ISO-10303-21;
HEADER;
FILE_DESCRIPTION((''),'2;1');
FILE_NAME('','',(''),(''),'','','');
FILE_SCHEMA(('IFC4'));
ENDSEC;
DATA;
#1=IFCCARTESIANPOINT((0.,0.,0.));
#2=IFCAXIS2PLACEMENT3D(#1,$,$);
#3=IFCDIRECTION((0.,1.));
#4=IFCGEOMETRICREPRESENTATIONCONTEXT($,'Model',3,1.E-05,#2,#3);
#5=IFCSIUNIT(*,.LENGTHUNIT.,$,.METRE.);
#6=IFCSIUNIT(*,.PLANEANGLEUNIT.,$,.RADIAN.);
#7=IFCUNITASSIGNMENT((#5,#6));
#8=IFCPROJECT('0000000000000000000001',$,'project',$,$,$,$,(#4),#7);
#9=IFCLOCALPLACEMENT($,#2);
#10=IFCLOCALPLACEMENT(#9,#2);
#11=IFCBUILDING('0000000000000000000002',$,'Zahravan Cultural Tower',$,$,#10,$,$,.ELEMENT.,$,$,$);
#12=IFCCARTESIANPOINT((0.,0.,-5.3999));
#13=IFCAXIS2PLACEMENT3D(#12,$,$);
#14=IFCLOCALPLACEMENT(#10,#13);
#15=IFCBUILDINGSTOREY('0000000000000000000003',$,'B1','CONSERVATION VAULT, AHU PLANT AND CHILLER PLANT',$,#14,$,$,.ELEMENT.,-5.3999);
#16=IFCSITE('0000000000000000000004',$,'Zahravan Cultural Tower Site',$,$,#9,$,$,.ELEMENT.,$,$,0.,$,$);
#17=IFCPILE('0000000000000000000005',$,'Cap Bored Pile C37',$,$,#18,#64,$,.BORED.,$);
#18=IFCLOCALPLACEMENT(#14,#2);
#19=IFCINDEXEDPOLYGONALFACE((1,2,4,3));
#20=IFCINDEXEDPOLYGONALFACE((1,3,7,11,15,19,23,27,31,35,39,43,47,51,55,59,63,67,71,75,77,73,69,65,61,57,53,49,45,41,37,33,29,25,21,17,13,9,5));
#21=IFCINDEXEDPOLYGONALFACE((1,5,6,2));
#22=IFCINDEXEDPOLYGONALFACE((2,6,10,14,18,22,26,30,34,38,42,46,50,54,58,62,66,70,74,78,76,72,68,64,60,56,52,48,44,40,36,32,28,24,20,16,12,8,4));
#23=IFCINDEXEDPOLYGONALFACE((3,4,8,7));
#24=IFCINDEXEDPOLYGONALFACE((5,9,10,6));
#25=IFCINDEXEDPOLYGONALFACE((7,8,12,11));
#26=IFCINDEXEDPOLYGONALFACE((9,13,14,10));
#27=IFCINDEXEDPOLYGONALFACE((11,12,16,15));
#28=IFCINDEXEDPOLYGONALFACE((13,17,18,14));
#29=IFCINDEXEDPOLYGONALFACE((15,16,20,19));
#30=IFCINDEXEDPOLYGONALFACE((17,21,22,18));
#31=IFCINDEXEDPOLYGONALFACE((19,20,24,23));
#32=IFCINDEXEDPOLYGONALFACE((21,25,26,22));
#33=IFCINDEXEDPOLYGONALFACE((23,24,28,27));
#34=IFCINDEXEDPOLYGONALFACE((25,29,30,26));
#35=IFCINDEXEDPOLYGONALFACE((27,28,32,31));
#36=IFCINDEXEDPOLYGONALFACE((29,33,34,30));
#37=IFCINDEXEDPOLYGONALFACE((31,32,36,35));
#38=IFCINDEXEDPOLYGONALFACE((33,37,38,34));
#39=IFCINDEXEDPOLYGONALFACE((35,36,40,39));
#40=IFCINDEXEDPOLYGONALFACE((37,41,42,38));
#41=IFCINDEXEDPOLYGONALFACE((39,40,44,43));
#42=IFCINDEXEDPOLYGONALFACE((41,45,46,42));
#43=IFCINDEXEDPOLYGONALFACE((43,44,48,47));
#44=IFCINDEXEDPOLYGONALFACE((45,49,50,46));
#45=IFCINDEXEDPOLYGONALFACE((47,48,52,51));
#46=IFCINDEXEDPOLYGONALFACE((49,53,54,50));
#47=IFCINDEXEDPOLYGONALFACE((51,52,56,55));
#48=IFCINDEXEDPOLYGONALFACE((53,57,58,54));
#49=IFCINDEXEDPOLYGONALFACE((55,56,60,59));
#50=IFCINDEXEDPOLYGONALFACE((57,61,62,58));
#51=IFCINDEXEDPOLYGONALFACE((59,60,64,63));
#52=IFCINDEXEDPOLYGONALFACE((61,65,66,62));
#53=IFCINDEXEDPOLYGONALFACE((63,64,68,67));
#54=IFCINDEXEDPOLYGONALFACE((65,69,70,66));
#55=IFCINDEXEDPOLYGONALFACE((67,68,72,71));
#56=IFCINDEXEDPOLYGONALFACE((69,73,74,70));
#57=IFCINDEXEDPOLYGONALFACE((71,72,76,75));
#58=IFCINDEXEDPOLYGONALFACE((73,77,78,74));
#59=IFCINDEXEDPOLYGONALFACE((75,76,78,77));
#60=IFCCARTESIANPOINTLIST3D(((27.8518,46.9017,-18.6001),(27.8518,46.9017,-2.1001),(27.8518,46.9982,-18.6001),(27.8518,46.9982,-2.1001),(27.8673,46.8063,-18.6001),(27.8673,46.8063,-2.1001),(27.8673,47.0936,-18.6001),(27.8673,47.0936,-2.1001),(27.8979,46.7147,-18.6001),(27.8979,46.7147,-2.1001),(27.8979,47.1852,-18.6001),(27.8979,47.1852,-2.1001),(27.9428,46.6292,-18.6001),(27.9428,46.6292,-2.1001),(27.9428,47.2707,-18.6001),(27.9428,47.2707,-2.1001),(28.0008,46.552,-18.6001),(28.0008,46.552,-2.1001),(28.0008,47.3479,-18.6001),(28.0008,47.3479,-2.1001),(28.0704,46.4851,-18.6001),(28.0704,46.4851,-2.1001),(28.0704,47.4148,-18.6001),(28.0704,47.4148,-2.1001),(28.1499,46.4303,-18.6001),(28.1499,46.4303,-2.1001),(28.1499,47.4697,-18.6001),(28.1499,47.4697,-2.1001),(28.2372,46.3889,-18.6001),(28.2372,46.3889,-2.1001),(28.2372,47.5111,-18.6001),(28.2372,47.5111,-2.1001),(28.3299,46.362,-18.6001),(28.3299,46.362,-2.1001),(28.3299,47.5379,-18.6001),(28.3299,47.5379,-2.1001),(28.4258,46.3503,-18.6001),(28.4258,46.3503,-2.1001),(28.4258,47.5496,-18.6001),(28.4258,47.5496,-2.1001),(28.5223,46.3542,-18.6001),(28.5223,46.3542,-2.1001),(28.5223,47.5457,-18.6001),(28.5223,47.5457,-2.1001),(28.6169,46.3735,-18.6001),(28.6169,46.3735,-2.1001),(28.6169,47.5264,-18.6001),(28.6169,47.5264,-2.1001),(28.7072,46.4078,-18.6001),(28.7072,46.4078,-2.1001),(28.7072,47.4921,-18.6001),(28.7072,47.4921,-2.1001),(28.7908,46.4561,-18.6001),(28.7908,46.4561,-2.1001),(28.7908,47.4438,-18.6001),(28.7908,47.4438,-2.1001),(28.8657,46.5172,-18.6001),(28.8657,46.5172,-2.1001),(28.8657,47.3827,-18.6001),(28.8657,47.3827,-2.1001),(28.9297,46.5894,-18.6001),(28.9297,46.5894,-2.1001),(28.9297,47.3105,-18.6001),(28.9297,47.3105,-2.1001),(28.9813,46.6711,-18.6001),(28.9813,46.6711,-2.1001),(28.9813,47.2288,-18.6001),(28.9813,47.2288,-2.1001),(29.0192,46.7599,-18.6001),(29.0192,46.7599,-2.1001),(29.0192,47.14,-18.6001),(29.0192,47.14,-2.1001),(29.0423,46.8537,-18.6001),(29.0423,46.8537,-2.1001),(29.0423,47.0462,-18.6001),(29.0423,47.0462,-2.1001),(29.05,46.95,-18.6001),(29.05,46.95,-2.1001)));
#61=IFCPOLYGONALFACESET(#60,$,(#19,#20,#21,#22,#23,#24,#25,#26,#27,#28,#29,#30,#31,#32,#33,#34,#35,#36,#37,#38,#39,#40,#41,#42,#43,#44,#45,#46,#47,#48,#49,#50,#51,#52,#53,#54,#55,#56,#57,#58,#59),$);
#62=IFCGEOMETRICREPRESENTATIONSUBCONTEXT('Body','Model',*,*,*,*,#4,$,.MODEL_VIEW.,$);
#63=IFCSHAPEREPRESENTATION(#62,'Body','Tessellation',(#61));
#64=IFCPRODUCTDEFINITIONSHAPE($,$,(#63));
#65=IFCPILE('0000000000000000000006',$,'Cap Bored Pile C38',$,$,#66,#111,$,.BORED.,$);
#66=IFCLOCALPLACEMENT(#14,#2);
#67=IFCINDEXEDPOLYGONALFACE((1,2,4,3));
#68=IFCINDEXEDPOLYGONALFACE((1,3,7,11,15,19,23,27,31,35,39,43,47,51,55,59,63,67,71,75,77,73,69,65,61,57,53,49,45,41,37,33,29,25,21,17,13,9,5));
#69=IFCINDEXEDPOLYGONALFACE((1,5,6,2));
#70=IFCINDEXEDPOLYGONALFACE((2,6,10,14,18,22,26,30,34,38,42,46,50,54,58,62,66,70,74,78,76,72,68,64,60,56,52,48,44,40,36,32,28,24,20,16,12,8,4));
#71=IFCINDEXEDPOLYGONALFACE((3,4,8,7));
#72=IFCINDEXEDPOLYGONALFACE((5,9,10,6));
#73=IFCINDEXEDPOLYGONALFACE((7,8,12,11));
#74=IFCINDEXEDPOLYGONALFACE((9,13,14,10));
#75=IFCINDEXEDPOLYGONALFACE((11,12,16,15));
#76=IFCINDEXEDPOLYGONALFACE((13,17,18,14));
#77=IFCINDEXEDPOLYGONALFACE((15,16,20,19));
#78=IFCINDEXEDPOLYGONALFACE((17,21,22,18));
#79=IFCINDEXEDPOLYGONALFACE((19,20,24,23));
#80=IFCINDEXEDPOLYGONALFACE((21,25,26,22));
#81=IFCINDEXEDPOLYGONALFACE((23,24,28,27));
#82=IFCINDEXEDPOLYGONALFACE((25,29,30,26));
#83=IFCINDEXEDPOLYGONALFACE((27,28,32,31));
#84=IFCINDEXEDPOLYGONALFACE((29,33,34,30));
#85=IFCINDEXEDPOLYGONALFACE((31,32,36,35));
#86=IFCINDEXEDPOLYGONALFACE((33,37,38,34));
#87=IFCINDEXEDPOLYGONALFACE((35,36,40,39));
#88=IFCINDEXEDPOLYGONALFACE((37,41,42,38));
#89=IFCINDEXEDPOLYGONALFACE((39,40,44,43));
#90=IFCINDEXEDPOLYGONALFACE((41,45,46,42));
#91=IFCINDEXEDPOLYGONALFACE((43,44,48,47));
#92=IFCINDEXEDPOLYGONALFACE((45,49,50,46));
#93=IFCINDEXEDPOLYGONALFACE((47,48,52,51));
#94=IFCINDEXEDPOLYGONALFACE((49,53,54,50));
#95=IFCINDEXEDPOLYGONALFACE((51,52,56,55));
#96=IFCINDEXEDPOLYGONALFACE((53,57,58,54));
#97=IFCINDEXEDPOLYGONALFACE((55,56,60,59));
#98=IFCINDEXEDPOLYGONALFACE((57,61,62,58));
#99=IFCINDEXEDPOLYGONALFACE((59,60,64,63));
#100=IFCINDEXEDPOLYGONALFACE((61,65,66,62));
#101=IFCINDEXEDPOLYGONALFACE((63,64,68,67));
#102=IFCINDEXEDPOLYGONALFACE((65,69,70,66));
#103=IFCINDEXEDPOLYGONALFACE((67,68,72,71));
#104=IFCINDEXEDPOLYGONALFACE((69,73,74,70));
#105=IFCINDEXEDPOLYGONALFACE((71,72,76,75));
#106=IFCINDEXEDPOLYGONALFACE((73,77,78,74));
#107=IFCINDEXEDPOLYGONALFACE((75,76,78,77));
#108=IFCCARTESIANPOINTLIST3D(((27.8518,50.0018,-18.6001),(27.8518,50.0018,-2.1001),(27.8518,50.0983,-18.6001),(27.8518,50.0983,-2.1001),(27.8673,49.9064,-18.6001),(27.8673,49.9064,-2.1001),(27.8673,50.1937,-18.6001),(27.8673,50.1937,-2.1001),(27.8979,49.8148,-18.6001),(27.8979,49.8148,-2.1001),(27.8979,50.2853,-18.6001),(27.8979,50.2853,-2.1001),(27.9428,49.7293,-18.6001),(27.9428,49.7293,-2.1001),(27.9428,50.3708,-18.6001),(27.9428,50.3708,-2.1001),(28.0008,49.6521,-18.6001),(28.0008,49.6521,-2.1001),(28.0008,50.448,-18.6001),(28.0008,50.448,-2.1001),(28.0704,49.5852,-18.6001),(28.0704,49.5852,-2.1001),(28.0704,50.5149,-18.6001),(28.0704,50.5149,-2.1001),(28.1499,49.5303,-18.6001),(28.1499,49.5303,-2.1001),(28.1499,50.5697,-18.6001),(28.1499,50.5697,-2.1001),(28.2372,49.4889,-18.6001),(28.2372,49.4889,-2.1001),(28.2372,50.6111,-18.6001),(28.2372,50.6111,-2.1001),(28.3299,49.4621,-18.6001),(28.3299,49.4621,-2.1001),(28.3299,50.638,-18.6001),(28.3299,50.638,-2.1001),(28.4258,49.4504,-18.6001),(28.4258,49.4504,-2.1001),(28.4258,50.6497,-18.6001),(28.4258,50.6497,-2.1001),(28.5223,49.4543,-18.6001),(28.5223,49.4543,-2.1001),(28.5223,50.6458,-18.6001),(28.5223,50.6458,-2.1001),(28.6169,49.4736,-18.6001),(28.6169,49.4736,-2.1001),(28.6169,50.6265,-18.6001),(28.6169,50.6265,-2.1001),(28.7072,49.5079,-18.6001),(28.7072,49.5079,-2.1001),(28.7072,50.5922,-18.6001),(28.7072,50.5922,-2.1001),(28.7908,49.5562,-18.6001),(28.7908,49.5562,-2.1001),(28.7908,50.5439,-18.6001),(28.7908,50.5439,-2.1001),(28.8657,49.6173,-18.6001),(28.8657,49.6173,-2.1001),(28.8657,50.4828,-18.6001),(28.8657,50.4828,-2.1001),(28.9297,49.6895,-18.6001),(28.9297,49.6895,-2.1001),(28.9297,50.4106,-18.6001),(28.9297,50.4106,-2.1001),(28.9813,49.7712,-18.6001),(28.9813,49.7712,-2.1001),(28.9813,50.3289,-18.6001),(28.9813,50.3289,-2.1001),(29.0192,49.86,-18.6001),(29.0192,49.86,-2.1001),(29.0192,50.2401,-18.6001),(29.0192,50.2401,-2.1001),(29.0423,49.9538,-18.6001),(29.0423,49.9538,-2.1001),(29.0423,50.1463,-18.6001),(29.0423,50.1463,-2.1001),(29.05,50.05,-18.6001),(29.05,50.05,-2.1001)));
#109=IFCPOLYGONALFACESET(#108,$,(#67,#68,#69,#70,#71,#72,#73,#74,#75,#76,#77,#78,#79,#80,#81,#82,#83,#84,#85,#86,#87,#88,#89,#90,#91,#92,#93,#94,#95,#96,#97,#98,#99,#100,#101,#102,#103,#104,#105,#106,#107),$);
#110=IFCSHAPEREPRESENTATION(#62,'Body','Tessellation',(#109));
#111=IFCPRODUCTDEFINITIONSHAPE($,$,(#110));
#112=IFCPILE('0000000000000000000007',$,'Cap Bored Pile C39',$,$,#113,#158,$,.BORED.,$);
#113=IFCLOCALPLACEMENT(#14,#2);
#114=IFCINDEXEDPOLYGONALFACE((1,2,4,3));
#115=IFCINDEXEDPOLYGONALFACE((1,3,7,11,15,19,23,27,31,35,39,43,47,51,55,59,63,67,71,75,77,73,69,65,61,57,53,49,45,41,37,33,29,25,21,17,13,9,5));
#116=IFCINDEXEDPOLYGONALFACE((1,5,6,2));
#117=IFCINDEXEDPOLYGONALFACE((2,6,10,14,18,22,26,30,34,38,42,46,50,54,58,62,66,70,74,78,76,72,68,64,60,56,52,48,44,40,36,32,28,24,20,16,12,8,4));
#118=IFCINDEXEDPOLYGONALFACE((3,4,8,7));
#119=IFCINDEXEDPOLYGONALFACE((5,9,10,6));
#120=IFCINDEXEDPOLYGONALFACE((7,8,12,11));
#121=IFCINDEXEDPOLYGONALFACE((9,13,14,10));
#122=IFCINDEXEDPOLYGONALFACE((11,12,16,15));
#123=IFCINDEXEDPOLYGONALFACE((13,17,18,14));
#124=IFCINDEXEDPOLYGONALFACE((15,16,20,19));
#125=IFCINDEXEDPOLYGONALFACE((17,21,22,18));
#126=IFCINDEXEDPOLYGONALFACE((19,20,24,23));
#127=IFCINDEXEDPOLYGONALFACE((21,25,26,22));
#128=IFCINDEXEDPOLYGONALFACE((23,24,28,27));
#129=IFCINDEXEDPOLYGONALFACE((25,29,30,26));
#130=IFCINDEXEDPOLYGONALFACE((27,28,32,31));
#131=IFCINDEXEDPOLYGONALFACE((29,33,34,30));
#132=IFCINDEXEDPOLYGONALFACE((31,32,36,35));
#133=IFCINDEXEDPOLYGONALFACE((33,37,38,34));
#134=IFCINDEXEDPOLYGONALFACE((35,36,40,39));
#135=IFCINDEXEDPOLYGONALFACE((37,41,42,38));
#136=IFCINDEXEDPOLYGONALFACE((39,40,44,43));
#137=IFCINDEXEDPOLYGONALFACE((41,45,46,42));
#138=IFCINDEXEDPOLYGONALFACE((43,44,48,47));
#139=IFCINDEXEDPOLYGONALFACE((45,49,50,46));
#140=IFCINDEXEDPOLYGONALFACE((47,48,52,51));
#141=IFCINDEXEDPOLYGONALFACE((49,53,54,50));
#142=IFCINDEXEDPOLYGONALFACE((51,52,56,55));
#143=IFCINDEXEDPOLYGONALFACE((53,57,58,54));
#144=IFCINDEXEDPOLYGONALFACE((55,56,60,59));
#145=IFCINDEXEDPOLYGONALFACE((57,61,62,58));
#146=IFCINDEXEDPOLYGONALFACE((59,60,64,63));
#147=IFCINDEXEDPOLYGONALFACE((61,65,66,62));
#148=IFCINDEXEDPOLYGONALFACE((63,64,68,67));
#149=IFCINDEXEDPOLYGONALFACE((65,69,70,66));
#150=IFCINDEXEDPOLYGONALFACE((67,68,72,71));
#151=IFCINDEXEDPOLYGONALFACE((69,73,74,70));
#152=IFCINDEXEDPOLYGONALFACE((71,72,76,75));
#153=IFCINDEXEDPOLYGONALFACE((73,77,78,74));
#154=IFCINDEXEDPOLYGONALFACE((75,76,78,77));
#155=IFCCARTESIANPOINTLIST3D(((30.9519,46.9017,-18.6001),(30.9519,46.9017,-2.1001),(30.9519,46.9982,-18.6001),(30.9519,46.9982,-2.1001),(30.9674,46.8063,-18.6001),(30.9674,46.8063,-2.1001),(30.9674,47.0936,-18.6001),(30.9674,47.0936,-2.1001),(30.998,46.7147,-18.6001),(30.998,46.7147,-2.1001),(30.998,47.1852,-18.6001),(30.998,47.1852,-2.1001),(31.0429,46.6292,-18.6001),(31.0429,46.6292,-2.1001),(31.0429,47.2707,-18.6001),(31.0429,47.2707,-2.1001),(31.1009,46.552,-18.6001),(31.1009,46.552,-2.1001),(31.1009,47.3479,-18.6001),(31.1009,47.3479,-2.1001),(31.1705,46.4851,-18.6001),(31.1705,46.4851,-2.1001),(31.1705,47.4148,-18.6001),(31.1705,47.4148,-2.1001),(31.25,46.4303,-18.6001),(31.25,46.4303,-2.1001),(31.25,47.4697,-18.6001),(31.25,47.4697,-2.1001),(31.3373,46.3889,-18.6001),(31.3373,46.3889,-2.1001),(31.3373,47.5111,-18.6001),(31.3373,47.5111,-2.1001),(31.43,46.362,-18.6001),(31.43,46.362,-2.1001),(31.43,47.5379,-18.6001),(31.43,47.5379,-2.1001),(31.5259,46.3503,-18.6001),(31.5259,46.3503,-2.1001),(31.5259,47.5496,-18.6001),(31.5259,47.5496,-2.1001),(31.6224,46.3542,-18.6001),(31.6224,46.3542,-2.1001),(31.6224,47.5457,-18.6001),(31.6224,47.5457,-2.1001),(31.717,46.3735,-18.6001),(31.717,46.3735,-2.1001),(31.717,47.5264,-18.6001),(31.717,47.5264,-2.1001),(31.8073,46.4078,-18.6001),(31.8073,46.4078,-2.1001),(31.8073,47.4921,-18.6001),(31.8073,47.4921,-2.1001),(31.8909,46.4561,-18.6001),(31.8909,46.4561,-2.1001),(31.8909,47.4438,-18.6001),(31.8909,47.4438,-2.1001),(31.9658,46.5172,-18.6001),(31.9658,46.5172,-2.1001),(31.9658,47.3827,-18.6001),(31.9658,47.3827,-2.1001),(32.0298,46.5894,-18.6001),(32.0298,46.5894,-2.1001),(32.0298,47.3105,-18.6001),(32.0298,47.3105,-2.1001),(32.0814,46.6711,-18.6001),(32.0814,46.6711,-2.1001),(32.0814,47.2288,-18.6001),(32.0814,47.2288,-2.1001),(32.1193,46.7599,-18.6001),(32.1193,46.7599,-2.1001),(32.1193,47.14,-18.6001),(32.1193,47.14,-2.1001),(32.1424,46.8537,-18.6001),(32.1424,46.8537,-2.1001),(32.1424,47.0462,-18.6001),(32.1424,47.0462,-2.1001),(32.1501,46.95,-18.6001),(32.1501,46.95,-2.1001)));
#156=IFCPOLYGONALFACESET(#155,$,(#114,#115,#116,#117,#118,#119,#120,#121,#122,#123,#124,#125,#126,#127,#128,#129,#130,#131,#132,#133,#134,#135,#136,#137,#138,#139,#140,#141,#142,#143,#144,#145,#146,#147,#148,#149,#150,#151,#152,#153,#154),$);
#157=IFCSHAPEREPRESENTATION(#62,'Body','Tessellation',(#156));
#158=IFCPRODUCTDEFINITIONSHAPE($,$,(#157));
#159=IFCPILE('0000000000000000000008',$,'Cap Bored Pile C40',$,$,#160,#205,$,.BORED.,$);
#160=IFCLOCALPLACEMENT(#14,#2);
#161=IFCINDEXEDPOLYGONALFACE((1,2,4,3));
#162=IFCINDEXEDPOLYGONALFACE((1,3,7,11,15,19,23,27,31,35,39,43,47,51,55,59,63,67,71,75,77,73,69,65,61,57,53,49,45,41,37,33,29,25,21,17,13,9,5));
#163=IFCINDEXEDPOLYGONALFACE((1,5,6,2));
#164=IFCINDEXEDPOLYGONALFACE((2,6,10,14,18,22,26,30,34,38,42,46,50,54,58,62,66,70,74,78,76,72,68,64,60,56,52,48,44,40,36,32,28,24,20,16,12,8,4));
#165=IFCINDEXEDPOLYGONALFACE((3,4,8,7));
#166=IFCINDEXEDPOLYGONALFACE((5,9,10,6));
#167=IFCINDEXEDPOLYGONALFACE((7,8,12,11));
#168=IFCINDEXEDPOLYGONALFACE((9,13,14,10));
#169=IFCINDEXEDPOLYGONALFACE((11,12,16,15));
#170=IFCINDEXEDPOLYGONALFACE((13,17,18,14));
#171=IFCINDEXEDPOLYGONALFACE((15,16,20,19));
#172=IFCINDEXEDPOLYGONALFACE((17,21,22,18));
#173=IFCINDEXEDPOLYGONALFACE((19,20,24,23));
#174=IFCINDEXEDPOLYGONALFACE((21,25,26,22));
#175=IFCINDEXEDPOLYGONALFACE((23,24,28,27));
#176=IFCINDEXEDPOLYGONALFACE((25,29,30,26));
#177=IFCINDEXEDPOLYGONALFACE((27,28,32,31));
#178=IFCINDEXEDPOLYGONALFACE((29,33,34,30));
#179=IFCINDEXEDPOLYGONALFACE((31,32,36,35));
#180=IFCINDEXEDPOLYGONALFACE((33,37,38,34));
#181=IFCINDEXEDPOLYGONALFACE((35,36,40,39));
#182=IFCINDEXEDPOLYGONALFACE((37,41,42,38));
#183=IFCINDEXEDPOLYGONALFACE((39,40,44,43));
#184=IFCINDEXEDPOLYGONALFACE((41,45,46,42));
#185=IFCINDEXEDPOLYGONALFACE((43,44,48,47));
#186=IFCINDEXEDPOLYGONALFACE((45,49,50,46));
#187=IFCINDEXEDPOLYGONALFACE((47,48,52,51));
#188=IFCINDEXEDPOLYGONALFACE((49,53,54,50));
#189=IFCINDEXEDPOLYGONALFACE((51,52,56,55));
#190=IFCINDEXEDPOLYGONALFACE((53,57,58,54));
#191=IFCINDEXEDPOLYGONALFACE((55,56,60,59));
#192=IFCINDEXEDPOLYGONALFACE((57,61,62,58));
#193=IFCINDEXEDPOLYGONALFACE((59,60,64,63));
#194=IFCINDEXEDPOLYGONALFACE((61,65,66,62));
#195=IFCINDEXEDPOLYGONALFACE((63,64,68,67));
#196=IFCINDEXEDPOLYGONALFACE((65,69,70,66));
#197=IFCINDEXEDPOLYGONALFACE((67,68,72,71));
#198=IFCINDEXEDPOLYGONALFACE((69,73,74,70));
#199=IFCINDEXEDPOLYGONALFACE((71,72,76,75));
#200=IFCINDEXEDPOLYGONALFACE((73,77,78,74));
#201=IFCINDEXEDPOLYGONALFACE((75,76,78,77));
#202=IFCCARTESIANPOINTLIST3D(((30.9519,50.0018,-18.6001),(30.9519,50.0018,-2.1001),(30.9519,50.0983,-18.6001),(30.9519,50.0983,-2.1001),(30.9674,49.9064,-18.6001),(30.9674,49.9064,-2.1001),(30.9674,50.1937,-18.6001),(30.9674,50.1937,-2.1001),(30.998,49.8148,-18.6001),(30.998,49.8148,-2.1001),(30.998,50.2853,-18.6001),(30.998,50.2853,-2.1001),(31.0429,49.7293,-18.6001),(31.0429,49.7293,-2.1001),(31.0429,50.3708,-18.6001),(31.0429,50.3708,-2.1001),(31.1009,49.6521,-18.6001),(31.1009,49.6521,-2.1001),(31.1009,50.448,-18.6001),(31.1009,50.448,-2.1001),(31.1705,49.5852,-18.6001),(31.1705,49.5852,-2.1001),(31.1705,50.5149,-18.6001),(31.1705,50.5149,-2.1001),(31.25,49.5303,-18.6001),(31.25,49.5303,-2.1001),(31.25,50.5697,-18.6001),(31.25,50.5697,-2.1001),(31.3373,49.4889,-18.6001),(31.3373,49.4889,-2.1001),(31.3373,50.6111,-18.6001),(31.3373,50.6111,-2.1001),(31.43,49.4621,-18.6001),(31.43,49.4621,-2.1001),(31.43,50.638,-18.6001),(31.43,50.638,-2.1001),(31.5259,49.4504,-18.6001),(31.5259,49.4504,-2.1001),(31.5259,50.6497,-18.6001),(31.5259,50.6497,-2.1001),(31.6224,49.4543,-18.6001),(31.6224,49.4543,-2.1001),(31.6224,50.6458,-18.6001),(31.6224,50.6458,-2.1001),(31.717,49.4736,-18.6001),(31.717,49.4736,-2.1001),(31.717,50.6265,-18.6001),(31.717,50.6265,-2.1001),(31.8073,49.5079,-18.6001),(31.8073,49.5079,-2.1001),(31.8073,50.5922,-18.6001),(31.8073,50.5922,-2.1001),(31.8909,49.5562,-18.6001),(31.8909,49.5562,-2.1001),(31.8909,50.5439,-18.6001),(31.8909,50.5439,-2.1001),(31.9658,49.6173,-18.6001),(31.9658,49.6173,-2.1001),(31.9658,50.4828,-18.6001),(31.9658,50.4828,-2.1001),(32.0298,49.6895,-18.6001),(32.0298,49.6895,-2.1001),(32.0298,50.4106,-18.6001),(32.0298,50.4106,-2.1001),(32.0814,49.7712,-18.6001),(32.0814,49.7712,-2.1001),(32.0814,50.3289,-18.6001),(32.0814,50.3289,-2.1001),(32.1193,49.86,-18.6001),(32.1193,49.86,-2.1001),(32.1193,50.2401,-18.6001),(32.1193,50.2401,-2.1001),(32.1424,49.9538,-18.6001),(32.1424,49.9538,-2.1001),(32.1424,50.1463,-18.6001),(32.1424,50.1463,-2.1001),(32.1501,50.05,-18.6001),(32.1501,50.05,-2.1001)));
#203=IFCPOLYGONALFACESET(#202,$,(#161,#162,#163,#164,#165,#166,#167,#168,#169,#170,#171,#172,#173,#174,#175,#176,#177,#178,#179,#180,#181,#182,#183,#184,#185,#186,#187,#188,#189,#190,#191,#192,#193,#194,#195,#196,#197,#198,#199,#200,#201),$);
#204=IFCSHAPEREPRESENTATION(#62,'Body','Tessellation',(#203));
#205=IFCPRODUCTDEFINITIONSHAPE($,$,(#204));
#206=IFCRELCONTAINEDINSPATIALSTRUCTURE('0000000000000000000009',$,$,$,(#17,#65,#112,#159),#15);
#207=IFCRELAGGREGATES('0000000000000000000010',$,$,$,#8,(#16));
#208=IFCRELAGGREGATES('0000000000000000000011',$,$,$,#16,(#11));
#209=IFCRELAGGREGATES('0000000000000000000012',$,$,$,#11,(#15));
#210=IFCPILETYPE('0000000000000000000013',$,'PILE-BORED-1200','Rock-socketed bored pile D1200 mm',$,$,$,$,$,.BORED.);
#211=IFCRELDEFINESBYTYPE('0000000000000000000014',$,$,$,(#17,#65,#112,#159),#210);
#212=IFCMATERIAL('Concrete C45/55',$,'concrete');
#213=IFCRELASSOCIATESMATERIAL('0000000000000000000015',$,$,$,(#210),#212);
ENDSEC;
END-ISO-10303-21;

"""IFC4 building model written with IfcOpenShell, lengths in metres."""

from ifc_helpers import new_model, si_unit, direction, frame, origin, origin_2d, place, context, subcontext, project, spatial, circle, extrude, material, material_profile, profile_set, type_object, element, save


model = new_model("IFC4")

# Units and contexts
model_context = context("Model", 3, precision=1e-05, world=origin(), true_north=direction((0.0, 1.0)))
body_context = subcontext(model_context, "Body", "Model", "MODEL_VIEW")
ifc_project = project(units=[si_unit("LENGTHUNIT", "METRE"), si_unit("PLANEANGLEUNIT", "RADIAN")], contexts=[model_context])

# Site, building, storey
site_placement = place(None, origin())
site = spatial("IfcSite", under=ifc_project, at=site_placement, Name="Zahravan Cultural Tower Site", CompositionType="ELEMENT", RefElevation=0.0)
building_placement = place(site_placement, origin())
building = spatial("IfcBuilding", under=site, at=building_placement, Name="Zahravan Cultural Tower", CompositionType="ELEMENT")
storey_placement = place(building_placement, frame((0.0, 0.0, -5.3999)))
storey = spatial("IfcBuildingStorey", under=building, at=storey_placement, Name="B1", Description="CONSERVATION VAULT, AHU PLANT AND CHILLER PLANT", CompositionType="ELEMENT", Elevation=-5.3999)

# Piles
ifc_material_1 = material(Name="Concrete C45/55", Category="concrete")
ifc_material_profile_1 = material_profile(ifc_material_1, circle(Radius=0.6001, at=origin_2d()), Name="PILE-D1200")
ifc_profile_set_1 = profile_set([ifc_material_profile_1], Name="Concrete C45/55")
pile_type_1 = type_object("IfcPileType", Name="PILE-BORED-1200", Description="Rock-socketed bored pile D1200 mm", PredefinedType="BORED", material=ifc_profile_set_1)
for number, where, z_axis, x_axis, name in (
    (1, (28.45, 46.95, -2.1001), (0.0, 0.0, -1.0), (1.0, 0.0, 0.0), "Cap Bored Pile C37"),
    (2, (28.45, 50.05, -2.1001), (0.0, 0.0, -1.0), (1.0, 0.0, 0.0), "Cap Bored Pile C38"),
    (3, (31.55, 46.95, -2.1001), (0.0, 0.0, -1.0), (1.0, 0.0, 0.0), "Cap Bored Pile C39"),
    (4, (31.55, 50.05, -2.1001), (0.0, 0.0, -1.0), (1.0, 0.0, 0.0), "Cap Bored Pile C40"),
):
    element("IfcPile", number, at=place(storey_placement, frame(where, z_axis=z_axis, x_axis=x_axis)), inside=storey, type_object=pile_type_1, Name=name, PredefinedType="BORED", context=body_context, shape_type="SweptSolid", body=[
        extrude(circle(Radius=0.6001, at=origin_2d()), origin(), (0.0, 0.0, 1.0), 16.5),
    ])

save(model, "model.ifc")
